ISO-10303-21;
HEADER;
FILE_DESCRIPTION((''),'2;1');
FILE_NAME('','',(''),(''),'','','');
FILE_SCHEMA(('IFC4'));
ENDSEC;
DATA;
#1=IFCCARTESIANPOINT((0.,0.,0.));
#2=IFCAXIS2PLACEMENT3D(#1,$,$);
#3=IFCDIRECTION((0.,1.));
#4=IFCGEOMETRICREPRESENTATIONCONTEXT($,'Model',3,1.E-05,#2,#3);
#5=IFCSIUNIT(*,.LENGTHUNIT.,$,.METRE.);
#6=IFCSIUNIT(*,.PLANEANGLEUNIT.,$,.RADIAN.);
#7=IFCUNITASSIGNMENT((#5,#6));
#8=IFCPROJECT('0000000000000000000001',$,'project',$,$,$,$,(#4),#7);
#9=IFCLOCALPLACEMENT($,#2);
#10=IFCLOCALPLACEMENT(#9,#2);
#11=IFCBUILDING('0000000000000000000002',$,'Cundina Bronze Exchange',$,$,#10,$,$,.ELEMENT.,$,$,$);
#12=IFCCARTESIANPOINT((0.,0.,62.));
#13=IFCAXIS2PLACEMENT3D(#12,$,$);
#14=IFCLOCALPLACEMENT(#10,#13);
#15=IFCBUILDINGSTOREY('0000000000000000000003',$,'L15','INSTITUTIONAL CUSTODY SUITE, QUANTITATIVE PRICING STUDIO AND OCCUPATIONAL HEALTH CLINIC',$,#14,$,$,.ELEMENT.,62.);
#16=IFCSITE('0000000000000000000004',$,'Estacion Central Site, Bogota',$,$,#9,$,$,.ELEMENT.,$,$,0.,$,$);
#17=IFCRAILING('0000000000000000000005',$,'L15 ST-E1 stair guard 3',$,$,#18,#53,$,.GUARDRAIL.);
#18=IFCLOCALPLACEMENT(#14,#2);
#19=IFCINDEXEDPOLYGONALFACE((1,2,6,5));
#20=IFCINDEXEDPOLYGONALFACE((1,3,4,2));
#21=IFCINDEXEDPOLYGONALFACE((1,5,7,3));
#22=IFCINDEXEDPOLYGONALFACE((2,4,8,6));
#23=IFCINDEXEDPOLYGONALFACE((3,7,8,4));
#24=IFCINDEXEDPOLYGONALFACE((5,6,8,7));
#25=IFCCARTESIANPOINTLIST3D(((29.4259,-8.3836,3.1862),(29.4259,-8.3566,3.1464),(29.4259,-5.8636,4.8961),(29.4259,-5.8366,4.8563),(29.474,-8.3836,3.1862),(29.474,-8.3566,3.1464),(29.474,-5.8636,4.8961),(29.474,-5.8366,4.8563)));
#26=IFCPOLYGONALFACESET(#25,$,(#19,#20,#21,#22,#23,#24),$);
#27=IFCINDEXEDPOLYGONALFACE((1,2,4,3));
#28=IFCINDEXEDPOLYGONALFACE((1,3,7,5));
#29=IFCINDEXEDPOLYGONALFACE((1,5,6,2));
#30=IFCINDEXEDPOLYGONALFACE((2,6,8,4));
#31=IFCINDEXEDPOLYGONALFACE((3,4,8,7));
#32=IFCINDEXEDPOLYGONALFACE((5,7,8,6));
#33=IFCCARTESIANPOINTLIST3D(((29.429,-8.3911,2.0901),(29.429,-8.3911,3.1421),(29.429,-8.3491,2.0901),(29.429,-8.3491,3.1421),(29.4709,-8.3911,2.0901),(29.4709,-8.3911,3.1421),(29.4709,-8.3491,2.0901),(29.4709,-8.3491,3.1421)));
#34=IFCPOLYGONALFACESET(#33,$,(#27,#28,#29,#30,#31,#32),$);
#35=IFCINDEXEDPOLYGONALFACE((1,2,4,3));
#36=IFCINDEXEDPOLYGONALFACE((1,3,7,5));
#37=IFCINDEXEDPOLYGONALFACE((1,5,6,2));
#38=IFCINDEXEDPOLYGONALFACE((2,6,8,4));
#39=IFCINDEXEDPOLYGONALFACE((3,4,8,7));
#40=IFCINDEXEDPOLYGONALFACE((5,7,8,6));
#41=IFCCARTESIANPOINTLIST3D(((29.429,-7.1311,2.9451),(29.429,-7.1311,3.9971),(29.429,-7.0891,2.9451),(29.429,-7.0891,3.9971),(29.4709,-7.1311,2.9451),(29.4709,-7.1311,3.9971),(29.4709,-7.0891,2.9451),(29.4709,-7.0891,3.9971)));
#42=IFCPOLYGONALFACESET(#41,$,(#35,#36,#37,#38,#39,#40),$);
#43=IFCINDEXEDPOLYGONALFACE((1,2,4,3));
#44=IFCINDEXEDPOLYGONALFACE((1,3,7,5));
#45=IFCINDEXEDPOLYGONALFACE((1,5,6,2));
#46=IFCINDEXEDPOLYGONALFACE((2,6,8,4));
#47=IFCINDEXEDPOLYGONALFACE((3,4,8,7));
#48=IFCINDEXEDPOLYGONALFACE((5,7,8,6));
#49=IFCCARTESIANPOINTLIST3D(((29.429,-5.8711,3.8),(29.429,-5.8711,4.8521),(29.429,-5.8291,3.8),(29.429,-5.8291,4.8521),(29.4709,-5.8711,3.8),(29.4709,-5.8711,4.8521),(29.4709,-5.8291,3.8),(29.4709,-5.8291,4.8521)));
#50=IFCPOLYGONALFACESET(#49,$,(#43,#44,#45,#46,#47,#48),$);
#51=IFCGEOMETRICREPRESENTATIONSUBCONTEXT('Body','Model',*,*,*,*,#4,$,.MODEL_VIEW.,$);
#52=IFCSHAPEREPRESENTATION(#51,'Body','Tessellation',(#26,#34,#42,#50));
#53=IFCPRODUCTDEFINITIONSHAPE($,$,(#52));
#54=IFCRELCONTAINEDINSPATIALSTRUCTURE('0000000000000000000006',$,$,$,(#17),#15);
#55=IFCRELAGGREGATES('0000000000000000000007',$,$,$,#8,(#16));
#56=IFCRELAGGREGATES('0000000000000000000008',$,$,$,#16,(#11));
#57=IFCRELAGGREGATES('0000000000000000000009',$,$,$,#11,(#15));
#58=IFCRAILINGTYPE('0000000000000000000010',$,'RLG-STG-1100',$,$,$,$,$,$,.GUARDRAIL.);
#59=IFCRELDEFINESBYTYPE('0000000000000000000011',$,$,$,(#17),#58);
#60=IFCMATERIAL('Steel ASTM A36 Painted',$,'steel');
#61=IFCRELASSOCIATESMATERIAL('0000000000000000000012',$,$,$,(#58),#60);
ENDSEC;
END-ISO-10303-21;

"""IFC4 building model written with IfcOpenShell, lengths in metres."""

from ifc_helpers import new_model, si_unit, direction, frame, origin, origin_2d, place, context, subcontext, project, spatial, rectangle, extrude, material, type_object, element, save


model = new_model("IFC4")

# Units and contexts
model_context = context("Model", 3, precision=1e-05, world=origin(), true_north=direction((0.0, 1.0)))
body_context = subcontext(model_context, "Body", "Model", "MODEL_VIEW")
ifc_project = project(units=[si_unit("LENGTHUNIT", "METRE"), si_unit("PLANEANGLEUNIT", "RADIAN")], contexts=[model_context])

# Site, building, storey
site_placement = place(None, origin())
site = spatial("IfcSite", under=ifc_project, at=site_placement, Name="Estacion Central Site, Bogota", CompositionType="ELEMENT", RefElevation=0.0)
building_placement = place(site_placement, origin())
building = spatial("IfcBuilding", under=site, at=building_placement, Name="Cundina Bronze Exchange", CompositionType="ELEMENT")
storey_placement = place(building_placement, frame((0.0, 0.0, 62.0)))
storey = spatial("IfcBuildingStorey", under=building, at=storey_placement, Name="L15", Description="INSTITUTIONAL CUSTODY SUITE, QUANTITATIVE PRICING STUDIO AND OCCUPATIONAL HEALTH CLINIC", CompositionType="ELEMENT", Elevation=62.0)

# Railing
ifc_material_1 = material(Name="Steel ASTM A36 Painted", Category="steel")
railing_type_1 = type_object("IfcRailingType", Name="RLG-STG-1100", PredefinedType="GUARDRAIL", material=ifc_material_1)
railing_1_placement = place(storey_placement, frame((29.45, -8.3701, 2.0901)))
element("IfcRailing", 1, at=railing_1_placement, inside=storey, type_object=railing_type_1, Name="L15 ST-E1 stair guard 3", PredefinedType="GUARDRAIL", context=body_context, shape_type="SweptSolid", body=[
    extrude(rectangle(XDim=0.0481, YDim=0.0481, at=origin_2d()), frame((0.0, 0.0, 1.0762), z_axis=(0.0, 0.827484, 0.56149), x_axis=(-1.0, 0.0, 0.0)), (0.0, 0.0, 1.0), 3.0454),
    extrude(rectangle(XDim=0.042, YDim=0.042, at=origin_2d()), origin(), (0.0, 0.0, 1.0), 1.052),
    extrude(rectangle(XDim=0.042, YDim=0.042, at=origin_2d()), frame((0.0, 1.26, 0.855)), (0.0, 0.0, 1.0), 1.052),
    extrude(rectangle(XDim=0.042, YDim=0.042, at=origin_2d()), frame((0.0, 2.52, 1.71)), (0.0, 0.0, 1.0), 1.052),
])

save(model, "model.ifc")
